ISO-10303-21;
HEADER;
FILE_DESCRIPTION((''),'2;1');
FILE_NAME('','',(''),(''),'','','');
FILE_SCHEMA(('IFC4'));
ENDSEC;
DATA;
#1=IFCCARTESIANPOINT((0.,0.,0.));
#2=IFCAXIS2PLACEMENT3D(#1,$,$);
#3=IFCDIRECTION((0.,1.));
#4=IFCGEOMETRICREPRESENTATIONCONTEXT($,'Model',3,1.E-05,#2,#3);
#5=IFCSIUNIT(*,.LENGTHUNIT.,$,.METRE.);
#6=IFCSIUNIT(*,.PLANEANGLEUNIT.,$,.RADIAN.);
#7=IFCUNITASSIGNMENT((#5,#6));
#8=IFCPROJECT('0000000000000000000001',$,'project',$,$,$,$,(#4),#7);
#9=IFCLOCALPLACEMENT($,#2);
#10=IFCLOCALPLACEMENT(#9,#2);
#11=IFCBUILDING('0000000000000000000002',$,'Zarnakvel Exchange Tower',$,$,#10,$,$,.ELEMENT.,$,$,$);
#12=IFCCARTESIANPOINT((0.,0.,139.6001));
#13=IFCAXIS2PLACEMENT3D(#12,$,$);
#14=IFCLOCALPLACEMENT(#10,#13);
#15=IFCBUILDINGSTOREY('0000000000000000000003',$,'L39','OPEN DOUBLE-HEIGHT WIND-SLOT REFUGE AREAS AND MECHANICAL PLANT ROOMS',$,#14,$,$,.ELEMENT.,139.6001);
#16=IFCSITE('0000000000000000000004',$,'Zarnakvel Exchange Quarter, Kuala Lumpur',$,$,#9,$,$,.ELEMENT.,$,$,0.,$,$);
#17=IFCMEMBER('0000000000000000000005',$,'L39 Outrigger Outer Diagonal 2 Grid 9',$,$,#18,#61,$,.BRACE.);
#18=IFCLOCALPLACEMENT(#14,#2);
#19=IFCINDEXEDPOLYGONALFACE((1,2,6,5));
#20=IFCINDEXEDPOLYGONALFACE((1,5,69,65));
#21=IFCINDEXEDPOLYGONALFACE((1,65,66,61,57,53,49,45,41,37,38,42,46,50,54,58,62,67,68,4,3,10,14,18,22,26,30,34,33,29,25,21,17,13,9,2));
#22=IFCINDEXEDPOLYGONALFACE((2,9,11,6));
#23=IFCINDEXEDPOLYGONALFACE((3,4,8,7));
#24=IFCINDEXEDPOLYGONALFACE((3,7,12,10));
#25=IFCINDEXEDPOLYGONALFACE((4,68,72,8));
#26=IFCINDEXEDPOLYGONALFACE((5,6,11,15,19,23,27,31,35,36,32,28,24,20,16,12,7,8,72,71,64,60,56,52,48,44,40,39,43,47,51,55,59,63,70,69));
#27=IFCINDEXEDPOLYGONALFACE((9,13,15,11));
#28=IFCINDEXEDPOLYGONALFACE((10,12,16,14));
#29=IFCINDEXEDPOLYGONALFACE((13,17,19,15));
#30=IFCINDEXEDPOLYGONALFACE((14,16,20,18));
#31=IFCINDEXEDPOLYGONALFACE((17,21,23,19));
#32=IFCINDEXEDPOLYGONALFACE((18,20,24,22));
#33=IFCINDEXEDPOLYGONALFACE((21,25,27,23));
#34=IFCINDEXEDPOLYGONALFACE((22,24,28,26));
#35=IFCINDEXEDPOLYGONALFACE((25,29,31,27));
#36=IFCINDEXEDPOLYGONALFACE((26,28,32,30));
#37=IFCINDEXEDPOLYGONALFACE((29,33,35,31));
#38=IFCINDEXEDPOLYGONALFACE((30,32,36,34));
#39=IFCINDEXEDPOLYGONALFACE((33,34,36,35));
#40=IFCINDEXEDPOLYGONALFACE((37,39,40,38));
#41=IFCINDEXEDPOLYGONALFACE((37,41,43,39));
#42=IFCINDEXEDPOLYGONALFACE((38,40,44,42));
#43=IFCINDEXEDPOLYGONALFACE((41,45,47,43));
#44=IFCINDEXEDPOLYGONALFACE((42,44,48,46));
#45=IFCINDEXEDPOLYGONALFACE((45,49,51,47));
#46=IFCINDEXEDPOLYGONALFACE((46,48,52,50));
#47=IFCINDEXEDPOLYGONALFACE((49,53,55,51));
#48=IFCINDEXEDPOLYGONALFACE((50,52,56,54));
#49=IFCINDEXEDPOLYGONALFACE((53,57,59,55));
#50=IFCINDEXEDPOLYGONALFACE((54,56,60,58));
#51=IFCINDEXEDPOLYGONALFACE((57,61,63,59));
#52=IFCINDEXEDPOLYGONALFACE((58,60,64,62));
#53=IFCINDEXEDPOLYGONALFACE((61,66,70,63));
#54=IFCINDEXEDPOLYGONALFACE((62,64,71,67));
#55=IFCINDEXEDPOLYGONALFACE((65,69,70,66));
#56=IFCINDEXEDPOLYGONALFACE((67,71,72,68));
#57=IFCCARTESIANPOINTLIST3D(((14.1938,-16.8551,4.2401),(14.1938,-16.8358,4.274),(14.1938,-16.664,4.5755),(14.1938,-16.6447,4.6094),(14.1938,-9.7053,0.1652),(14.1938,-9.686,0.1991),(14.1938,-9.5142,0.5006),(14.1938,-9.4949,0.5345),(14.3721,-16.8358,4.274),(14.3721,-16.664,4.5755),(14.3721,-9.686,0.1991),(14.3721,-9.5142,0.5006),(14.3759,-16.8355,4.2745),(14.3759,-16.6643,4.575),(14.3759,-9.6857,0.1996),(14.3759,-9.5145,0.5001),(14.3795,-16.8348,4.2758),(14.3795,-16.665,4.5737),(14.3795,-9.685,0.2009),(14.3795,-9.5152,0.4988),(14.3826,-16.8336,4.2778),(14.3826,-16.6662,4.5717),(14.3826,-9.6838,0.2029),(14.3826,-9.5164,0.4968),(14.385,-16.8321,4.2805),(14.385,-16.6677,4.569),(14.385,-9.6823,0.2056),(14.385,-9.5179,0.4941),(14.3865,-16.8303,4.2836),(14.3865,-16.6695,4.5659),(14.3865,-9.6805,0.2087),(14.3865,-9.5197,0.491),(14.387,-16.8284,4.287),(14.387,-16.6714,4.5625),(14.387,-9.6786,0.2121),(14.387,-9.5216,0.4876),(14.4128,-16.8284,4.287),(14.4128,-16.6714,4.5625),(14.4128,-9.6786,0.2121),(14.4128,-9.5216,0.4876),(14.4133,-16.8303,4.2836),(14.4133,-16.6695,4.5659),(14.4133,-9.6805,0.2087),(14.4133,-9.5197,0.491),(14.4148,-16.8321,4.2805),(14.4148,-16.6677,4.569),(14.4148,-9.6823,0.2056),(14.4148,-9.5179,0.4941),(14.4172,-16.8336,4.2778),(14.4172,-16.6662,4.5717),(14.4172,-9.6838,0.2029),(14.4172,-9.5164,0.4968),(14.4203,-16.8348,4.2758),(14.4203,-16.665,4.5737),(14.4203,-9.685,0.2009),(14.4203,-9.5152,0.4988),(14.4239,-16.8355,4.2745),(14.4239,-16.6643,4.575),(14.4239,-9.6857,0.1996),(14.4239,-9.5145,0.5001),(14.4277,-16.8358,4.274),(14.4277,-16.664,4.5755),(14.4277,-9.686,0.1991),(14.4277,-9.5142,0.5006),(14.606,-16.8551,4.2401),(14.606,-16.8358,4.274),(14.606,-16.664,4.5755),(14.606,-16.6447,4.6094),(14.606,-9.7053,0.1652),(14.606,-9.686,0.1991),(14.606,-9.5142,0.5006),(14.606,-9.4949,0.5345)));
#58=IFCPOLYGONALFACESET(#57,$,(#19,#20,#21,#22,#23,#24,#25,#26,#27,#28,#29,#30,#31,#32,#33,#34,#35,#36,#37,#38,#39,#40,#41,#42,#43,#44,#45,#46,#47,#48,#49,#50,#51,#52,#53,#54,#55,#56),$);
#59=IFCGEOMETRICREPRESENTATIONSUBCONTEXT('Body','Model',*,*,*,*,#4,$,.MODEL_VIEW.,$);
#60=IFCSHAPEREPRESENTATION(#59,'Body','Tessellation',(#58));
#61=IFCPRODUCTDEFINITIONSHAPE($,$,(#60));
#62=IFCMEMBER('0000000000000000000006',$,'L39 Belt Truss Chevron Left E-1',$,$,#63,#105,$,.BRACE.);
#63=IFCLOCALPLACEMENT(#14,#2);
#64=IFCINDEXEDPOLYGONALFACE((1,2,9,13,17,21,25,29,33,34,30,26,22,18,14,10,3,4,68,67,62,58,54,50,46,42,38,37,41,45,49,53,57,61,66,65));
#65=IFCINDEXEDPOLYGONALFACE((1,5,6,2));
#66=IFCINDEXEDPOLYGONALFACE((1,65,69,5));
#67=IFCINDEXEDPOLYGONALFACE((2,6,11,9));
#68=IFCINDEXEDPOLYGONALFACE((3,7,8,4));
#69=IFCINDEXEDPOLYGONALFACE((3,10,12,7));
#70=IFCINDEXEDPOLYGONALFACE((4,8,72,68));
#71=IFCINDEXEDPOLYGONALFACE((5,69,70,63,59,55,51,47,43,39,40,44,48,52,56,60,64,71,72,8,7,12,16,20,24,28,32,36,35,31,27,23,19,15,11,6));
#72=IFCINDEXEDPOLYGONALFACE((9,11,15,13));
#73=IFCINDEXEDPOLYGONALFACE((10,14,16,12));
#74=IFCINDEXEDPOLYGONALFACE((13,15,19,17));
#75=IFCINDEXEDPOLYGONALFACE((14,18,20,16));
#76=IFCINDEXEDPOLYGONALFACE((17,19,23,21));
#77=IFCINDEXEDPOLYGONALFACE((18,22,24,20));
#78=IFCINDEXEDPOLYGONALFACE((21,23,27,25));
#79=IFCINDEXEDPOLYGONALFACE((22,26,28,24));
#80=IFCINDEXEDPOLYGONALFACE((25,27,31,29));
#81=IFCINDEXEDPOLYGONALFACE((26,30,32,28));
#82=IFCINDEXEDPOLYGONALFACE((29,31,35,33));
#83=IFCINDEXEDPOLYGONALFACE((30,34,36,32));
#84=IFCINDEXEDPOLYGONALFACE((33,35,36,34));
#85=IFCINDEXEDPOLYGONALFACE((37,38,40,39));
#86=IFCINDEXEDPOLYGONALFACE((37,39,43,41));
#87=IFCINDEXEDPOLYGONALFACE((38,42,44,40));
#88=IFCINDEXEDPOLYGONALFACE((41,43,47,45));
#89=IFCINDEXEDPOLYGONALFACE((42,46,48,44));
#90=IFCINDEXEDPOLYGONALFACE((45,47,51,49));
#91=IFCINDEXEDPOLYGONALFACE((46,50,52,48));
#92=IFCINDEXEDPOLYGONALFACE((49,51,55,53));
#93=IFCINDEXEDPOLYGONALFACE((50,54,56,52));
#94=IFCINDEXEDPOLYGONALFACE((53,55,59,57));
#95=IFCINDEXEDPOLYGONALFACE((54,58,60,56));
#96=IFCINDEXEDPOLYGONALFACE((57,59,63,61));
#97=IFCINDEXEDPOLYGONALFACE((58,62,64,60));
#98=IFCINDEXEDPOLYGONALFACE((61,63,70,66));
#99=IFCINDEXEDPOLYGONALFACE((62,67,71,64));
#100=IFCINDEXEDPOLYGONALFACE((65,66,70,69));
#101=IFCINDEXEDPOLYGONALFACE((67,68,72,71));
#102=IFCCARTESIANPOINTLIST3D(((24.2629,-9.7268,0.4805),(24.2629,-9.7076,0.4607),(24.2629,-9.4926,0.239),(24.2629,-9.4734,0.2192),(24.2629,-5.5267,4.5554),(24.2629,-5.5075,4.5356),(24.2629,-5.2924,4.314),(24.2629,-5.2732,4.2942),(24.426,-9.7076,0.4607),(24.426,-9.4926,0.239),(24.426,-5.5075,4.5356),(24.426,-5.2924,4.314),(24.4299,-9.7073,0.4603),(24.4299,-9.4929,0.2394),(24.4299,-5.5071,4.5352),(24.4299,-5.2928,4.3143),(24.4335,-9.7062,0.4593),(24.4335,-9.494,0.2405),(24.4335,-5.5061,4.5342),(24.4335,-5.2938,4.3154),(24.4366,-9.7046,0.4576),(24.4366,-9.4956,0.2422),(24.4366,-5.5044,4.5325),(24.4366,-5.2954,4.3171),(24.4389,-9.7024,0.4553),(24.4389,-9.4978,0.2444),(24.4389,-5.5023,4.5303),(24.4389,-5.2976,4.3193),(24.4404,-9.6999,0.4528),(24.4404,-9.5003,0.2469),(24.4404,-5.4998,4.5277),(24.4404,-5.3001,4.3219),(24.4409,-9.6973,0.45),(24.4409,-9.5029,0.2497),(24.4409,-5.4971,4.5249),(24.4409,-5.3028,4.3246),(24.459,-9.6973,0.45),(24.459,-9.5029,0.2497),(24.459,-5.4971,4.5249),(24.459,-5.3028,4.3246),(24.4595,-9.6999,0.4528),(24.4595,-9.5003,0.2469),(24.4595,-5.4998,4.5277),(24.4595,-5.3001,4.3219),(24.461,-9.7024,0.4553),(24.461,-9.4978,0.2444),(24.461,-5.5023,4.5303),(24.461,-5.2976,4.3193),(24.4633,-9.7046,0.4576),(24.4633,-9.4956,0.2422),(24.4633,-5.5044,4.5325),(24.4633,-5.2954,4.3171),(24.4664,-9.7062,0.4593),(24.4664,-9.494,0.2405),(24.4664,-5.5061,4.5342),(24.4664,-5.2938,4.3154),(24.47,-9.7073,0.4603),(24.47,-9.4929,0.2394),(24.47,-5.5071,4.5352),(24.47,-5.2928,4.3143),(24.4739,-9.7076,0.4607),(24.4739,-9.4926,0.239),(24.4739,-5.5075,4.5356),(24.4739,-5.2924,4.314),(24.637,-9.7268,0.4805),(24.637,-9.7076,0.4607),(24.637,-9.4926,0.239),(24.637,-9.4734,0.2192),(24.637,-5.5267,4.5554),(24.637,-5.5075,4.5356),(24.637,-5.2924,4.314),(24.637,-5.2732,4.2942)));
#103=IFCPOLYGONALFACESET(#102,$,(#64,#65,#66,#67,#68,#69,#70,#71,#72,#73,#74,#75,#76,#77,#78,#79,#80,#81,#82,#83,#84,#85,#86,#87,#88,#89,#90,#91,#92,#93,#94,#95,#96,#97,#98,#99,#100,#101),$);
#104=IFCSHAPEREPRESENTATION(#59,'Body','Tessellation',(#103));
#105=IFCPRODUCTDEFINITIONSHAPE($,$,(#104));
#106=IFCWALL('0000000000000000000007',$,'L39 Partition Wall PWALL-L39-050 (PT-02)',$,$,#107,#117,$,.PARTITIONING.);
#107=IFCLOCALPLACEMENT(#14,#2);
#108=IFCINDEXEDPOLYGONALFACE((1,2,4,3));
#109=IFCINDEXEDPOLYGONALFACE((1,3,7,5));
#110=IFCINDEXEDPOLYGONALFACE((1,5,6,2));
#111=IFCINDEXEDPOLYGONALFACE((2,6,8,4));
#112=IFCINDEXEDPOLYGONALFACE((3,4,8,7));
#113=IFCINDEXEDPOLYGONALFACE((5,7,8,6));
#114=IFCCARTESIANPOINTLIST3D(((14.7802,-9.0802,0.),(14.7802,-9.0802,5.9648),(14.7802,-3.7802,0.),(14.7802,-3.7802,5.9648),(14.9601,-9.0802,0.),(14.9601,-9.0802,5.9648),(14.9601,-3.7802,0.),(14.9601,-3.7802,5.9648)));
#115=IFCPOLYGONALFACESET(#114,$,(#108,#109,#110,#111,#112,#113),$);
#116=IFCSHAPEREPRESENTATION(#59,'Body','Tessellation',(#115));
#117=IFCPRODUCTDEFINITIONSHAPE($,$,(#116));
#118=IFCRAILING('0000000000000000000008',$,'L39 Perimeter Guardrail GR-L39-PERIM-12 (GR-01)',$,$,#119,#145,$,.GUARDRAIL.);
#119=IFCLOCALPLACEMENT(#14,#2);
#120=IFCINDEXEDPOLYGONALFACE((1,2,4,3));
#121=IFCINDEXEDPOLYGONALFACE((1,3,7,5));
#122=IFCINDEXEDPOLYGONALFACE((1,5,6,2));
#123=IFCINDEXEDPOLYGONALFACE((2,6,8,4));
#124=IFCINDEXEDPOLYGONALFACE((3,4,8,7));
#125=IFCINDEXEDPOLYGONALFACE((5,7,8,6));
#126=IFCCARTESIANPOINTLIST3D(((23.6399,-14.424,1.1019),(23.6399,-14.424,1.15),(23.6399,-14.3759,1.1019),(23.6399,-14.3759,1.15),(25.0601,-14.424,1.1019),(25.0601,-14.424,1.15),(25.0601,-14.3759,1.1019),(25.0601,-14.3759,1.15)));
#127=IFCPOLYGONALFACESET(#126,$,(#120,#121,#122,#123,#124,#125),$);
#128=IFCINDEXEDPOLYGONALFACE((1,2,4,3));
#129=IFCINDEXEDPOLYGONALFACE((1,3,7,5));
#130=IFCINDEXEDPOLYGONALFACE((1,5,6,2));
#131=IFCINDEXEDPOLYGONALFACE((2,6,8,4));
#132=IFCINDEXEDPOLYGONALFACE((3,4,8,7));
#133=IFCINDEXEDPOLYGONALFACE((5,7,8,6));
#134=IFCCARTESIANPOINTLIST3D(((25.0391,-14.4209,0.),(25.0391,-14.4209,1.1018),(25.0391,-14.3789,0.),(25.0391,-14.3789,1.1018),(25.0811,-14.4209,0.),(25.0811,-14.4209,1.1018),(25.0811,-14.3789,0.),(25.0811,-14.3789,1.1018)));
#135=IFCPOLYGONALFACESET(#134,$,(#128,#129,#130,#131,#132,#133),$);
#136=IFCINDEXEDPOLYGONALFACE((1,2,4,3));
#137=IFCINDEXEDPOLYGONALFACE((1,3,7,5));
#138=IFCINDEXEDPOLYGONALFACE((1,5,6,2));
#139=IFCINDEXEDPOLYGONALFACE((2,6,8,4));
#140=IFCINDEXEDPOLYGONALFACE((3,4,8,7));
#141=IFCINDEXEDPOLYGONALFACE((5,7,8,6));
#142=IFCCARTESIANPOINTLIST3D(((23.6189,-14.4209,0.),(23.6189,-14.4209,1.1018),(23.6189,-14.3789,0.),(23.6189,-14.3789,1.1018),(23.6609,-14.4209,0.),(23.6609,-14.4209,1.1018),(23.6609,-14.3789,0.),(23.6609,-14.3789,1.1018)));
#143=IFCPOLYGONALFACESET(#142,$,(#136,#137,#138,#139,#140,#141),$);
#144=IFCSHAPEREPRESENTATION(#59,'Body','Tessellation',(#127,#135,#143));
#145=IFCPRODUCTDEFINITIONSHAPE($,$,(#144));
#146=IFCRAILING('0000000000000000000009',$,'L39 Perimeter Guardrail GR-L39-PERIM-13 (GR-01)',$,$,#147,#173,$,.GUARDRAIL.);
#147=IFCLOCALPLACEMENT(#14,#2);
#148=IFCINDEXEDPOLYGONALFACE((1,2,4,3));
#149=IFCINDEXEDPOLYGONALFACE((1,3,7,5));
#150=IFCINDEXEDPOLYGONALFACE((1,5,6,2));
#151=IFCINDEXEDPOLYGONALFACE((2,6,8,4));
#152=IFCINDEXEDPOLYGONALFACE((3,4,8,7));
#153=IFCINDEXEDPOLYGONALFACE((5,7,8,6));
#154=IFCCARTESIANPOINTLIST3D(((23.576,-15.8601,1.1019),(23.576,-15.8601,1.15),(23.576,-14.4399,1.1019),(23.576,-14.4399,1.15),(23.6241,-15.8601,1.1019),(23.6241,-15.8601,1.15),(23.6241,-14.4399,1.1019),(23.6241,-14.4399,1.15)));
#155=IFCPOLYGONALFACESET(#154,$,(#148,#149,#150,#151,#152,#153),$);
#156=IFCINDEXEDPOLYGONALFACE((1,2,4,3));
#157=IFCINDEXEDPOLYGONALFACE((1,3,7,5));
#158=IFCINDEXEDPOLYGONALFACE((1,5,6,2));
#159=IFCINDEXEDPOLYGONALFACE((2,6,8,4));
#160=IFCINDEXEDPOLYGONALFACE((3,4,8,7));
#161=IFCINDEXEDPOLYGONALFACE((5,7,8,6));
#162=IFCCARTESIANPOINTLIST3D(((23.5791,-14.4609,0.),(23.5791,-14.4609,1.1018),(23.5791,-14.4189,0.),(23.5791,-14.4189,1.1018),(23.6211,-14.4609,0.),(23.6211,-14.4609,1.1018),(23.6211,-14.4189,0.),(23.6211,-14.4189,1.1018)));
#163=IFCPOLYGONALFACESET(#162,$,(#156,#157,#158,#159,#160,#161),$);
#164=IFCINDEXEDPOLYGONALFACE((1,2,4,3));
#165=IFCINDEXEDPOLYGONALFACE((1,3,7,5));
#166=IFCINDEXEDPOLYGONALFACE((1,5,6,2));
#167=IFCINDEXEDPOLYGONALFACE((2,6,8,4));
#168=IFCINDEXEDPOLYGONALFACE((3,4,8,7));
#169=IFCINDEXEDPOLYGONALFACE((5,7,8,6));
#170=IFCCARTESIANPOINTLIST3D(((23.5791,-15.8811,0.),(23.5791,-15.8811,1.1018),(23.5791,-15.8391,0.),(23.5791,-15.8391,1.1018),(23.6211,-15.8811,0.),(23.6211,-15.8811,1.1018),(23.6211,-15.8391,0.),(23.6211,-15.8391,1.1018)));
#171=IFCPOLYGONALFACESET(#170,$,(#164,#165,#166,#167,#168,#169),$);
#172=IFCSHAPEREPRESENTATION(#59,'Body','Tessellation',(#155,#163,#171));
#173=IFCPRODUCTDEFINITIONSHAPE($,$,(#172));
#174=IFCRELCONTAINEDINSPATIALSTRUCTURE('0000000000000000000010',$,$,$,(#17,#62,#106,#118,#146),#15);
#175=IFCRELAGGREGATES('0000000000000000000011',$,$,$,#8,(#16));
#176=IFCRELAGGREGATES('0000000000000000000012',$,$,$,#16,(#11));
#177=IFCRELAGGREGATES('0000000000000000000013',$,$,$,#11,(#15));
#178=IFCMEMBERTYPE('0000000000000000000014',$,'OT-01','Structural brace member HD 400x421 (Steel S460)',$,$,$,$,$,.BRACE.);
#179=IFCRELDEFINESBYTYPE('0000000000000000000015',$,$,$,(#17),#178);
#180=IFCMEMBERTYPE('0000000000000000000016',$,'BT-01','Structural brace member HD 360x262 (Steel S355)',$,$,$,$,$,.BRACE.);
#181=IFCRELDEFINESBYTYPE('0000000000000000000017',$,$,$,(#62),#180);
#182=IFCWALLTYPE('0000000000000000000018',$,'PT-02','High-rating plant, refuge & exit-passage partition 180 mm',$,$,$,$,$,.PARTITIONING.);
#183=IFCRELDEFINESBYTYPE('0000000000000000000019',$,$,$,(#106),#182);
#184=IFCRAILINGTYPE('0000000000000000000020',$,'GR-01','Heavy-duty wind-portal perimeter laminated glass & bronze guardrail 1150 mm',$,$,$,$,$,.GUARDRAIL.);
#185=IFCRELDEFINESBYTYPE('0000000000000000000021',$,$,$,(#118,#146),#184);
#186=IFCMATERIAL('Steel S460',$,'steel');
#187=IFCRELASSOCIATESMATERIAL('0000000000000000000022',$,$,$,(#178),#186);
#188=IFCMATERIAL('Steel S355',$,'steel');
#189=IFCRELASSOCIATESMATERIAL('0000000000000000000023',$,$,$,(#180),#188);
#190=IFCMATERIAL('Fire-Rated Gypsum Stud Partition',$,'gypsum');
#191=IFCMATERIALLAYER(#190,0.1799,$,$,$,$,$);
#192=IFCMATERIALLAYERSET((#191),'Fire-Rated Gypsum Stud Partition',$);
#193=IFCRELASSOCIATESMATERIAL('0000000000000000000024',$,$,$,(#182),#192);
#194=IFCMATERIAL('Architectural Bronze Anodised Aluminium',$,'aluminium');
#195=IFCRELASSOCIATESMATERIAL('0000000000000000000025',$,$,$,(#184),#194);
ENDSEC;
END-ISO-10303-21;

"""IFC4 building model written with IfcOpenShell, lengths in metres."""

from ifc_helpers import new_model, si_unit, direction, frame, frame_2d, origin, origin_2d, place, context, subcontext, project, spatial, rectangle, i_section, extrude, source, transform, mapped, material, layer, layer_set, material_profile, profile_set, type_object, element, save


model = new_model("IFC4")

# Units and contexts
model_context = context("Model", 3, precision=1e-05, world=origin(), true_north=direction((0.0, 1.0)))
body_context = subcontext(model_context, "Body", "Model", "MODEL_VIEW")
ifc_project = project(units=[si_unit("LENGTHUNIT", "METRE"), si_unit("PLANEANGLEUNIT", "RADIAN")], contexts=[model_context])

# Site, building, storey
site_placement = place(None, origin())
site = spatial("IfcSite", under=ifc_project, at=site_placement, Name="Zarnakvel Exchange Quarter, Kuala Lumpur", CompositionType="ELEMENT", RefElevation=0.0)
building_placement = place(site_placement, origin())
building = spatial("IfcBuilding", under=site, at=building_placement, Name="Zarnakvel Exchange Tower", CompositionType="ELEMENT")
storey_placement = place(building_placement, frame((0.0, 0.0, 139.6001)))
storey = spatial("IfcBuildingStorey", under=building, at=storey_placement, Name="L39", Description="OPEN DOUBLE-HEIGHT WIND-SLOT REFUGE AREAS AND MECHANICAL PLANT ROOMS", CompositionType="ELEMENT", Elevation=139.6001)

# Shared definitions
ifc_material_1 = material(Name="Steel S355", Category="steel")

# Shared definitions
ifc_material_2 = material(Name="Steel S460", Category="steel")

# Members
ifc_material_profile_1 = material_profile(ifc_material_2, i_section(OverallWidth=0.4121, OverallDepth=0.425, WebThickness=0.0259, FlangeThickness=0.0391, FilletRadius=0.0149, at=origin_2d()))
ifc_profile_set_1 = profile_set([ifc_material_profile_1], Name="Steel S460")
member_type_1 = type_object("IfcMemberType", Name="OT-01", Description="Structural brace member HD 400x421 (Steel S460)", PredefinedType="BRACE", material=ifc_profile_set_1)
shared_shape_1 = source(origin(), body_context, "Body", "SweptSolid", [
    extrude(i_section(OverallWidth=0.4121, OverallDepth=0.425, WebThickness=0.0259, FlangeThickness=0.0391, FilletRadius=0.0149, at=origin_2d()), origin(), (0.0, 0.0, 1.0), 8.2295),
])
member_1_placement = place(storey_placement, frame((14.3999, -9.6001, 0.3499), z_axis=(0.0, -0.868803, 0.495158), x_axis=(1.0, 0.0, 0.0)))
element("IfcMember", 1, at=member_1_placement, inside=storey, type_object=member_type_1, Name="L39 Outrigger Outer Diagonal 2 Grid 9", PredefinedType="BRACE", context=body_context, shape_type="MappedRepresentation", body=[
    mapped(shared_shape_1, transform((0.0, 0.0, 0.0), x_axis=(1.0, 0.0, 0.0), y_axis=(0.0, 1.0, 0.0), z_axis=(0.0, 0.0, 1.0), scale=1.0)),
])
ifc_material_profile_2 = material_profile(ifc_material_1, i_section(OverallWidth=0.374, OverallDepth=0.364, WebThickness=0.0181, FlangeThickness=0.0276, FilletRadius=0.0149, at=origin_2d()))
ifc_profile_set_2 = profile_set([ifc_material_profile_2], Name="Steel S355")
member_type_2 = type_object("IfcMemberType", Name="BT-01", Description="Structural brace member HD 360x262 (Steel S355)", PredefinedType="BRACE", material=ifc_profile_set_2)
shared_shape_2 = source(origin(), body_context, "Body", "SweptSolid", [
    extrude(i_section(OverallWidth=0.374, OverallDepth=0.364, WebThickness=0.0181, FlangeThickness=0.0276, FilletRadius=0.0149, at=origin_2d()), origin(), (0.0, 0.0, 1.0), 5.8521),
])
member_2_placement = place(storey_placement, frame((24.45, -9.6001, 0.3499), z_axis=(0.0, 0.717727, 0.696325), x_axis=(-1.0, 0.0, 0.0)))
element("IfcMember", 2, at=member_2_placement, inside=storey, type_object=member_type_2, Name="L39 Belt Truss Chevron Left E-1", PredefinedType="BRACE", context=body_context, shape_type="MappedRepresentation", body=[
    mapped(shared_shape_2, transform((0.0, 0.0, 0.0), x_axis=(1.0, 0.0, 0.0), y_axis=(0.0, 1.0, 0.0), z_axis=(0.0, 0.0, 1.0), scale=1.0)),
])

# Wall
ifc_material_3 = material(Name="Fire-Rated Gypsum Stud Partition", Category="gypsum")
ifc_layer = layer(ifc_material_3, 0.1799)
ifc_layer_set = layer_set([ifc_layer], Name="Fire-Rated Gypsum Stud Partition")
wall_type = type_object("IfcWallType", Name="PT-02", Description="High-rating plant, refuge & exit-passage partition 180 mm", PredefinedType="PARTITIONING", material=ifc_layer_set)
wall_placement = place(storey_placement, frame((14.8701, -9.0801, 0.0), z_axis=(0.0, 0.0, 1.0), x_axis=(0.0, 1.0, 0.0)))
element("IfcWall", 3, at=wall_placement, inside=storey, type_object=wall_type, Name="L39 Partition Wall PWALL-L39-050 (PT-02)", PredefinedType="PARTITIONING", context=body_context, shape_type="SweptSolid", body=[
    extrude(rectangle(XDim=5.3, YDim=0.1799, at=frame_2d((2.6499, 0.0))), origin(), (0.0, 0.0, 1.0), 5.9648),
])

# Railings
ifc_material_4 = material(Name="Architectural Bronze Anodised Aluminium", Category="aluminium")
railing_type = type_object("IfcRailingType", Name="GR-01", Description="Heavy-duty wind-portal perimeter laminated glass & bronze guardrail 1150 mm", PredefinedType="GUARDRAIL", material=ifc_material_4)
railing_1_placement = place(storey_placement, frame((25.0601, -14.3999, 0.0)))
element("IfcRailing", 4, at=railing_1_placement, inside=storey, type_object=railing_type, Name="L39 Perimeter Guardrail GR-L39-PERIM-12 (GR-01)", PredefinedType="GUARDRAIL", context=body_context, shape_type="SweptSolid", body=[
    extrude(rectangle(XDim=0.0481, YDim=0.0481, at=origin_2d()), frame((0.0, 0.0, 1.126), z_axis=(-1.0, 0.0, 0.0), x_axis=(0.0, -1.0, 0.0)), (0.0, 0.0, 1.0), 1.4202),
    extrude(rectangle(XDim=0.042, YDim=0.042, at=origin_2d()), origin(), (0.0, 0.0, 1.0), 1.1018),
    extrude(rectangle(XDim=0.042, YDim=0.042, at=origin_2d()), frame((-1.4202, 0.0, 0.0)), (0.0, 0.0, 1.0), 1.1018),
])
railing_2_placement = place(storey_placement, frame((23.6001, -14.4399, 0.0)))
element("IfcRailing", 5, at=railing_2_placement, inside=storey, type_object=railing_type, Name="L39 Perimeter Guardrail GR-L39-PERIM-13 (GR-01)", PredefinedType="GUARDRAIL", context=body_context, shape_type="SweptSolid", body=[
    extrude(rectangle(XDim=0.0481, YDim=0.0481, at=origin_2d()), frame((0.0, 0.0, 1.126), z_axis=(0.0, -1.0, 0.0), x_axis=(1.0, 0.0, 0.0)), (0.0, 0.0, 1.0), 1.4202),
    extrude(rectangle(XDim=0.042, YDim=0.042, at=origin_2d()), origin(), (0.0, 0.0, 1.0), 1.1018),
    extrude(rectangle(XDim=0.042, YDim=0.042, at=origin_2d()), frame((0.0, -1.4202, 0.0)), (0.0, 0.0, 1.0), 1.1018),
])

save(model, "model.ifc")
